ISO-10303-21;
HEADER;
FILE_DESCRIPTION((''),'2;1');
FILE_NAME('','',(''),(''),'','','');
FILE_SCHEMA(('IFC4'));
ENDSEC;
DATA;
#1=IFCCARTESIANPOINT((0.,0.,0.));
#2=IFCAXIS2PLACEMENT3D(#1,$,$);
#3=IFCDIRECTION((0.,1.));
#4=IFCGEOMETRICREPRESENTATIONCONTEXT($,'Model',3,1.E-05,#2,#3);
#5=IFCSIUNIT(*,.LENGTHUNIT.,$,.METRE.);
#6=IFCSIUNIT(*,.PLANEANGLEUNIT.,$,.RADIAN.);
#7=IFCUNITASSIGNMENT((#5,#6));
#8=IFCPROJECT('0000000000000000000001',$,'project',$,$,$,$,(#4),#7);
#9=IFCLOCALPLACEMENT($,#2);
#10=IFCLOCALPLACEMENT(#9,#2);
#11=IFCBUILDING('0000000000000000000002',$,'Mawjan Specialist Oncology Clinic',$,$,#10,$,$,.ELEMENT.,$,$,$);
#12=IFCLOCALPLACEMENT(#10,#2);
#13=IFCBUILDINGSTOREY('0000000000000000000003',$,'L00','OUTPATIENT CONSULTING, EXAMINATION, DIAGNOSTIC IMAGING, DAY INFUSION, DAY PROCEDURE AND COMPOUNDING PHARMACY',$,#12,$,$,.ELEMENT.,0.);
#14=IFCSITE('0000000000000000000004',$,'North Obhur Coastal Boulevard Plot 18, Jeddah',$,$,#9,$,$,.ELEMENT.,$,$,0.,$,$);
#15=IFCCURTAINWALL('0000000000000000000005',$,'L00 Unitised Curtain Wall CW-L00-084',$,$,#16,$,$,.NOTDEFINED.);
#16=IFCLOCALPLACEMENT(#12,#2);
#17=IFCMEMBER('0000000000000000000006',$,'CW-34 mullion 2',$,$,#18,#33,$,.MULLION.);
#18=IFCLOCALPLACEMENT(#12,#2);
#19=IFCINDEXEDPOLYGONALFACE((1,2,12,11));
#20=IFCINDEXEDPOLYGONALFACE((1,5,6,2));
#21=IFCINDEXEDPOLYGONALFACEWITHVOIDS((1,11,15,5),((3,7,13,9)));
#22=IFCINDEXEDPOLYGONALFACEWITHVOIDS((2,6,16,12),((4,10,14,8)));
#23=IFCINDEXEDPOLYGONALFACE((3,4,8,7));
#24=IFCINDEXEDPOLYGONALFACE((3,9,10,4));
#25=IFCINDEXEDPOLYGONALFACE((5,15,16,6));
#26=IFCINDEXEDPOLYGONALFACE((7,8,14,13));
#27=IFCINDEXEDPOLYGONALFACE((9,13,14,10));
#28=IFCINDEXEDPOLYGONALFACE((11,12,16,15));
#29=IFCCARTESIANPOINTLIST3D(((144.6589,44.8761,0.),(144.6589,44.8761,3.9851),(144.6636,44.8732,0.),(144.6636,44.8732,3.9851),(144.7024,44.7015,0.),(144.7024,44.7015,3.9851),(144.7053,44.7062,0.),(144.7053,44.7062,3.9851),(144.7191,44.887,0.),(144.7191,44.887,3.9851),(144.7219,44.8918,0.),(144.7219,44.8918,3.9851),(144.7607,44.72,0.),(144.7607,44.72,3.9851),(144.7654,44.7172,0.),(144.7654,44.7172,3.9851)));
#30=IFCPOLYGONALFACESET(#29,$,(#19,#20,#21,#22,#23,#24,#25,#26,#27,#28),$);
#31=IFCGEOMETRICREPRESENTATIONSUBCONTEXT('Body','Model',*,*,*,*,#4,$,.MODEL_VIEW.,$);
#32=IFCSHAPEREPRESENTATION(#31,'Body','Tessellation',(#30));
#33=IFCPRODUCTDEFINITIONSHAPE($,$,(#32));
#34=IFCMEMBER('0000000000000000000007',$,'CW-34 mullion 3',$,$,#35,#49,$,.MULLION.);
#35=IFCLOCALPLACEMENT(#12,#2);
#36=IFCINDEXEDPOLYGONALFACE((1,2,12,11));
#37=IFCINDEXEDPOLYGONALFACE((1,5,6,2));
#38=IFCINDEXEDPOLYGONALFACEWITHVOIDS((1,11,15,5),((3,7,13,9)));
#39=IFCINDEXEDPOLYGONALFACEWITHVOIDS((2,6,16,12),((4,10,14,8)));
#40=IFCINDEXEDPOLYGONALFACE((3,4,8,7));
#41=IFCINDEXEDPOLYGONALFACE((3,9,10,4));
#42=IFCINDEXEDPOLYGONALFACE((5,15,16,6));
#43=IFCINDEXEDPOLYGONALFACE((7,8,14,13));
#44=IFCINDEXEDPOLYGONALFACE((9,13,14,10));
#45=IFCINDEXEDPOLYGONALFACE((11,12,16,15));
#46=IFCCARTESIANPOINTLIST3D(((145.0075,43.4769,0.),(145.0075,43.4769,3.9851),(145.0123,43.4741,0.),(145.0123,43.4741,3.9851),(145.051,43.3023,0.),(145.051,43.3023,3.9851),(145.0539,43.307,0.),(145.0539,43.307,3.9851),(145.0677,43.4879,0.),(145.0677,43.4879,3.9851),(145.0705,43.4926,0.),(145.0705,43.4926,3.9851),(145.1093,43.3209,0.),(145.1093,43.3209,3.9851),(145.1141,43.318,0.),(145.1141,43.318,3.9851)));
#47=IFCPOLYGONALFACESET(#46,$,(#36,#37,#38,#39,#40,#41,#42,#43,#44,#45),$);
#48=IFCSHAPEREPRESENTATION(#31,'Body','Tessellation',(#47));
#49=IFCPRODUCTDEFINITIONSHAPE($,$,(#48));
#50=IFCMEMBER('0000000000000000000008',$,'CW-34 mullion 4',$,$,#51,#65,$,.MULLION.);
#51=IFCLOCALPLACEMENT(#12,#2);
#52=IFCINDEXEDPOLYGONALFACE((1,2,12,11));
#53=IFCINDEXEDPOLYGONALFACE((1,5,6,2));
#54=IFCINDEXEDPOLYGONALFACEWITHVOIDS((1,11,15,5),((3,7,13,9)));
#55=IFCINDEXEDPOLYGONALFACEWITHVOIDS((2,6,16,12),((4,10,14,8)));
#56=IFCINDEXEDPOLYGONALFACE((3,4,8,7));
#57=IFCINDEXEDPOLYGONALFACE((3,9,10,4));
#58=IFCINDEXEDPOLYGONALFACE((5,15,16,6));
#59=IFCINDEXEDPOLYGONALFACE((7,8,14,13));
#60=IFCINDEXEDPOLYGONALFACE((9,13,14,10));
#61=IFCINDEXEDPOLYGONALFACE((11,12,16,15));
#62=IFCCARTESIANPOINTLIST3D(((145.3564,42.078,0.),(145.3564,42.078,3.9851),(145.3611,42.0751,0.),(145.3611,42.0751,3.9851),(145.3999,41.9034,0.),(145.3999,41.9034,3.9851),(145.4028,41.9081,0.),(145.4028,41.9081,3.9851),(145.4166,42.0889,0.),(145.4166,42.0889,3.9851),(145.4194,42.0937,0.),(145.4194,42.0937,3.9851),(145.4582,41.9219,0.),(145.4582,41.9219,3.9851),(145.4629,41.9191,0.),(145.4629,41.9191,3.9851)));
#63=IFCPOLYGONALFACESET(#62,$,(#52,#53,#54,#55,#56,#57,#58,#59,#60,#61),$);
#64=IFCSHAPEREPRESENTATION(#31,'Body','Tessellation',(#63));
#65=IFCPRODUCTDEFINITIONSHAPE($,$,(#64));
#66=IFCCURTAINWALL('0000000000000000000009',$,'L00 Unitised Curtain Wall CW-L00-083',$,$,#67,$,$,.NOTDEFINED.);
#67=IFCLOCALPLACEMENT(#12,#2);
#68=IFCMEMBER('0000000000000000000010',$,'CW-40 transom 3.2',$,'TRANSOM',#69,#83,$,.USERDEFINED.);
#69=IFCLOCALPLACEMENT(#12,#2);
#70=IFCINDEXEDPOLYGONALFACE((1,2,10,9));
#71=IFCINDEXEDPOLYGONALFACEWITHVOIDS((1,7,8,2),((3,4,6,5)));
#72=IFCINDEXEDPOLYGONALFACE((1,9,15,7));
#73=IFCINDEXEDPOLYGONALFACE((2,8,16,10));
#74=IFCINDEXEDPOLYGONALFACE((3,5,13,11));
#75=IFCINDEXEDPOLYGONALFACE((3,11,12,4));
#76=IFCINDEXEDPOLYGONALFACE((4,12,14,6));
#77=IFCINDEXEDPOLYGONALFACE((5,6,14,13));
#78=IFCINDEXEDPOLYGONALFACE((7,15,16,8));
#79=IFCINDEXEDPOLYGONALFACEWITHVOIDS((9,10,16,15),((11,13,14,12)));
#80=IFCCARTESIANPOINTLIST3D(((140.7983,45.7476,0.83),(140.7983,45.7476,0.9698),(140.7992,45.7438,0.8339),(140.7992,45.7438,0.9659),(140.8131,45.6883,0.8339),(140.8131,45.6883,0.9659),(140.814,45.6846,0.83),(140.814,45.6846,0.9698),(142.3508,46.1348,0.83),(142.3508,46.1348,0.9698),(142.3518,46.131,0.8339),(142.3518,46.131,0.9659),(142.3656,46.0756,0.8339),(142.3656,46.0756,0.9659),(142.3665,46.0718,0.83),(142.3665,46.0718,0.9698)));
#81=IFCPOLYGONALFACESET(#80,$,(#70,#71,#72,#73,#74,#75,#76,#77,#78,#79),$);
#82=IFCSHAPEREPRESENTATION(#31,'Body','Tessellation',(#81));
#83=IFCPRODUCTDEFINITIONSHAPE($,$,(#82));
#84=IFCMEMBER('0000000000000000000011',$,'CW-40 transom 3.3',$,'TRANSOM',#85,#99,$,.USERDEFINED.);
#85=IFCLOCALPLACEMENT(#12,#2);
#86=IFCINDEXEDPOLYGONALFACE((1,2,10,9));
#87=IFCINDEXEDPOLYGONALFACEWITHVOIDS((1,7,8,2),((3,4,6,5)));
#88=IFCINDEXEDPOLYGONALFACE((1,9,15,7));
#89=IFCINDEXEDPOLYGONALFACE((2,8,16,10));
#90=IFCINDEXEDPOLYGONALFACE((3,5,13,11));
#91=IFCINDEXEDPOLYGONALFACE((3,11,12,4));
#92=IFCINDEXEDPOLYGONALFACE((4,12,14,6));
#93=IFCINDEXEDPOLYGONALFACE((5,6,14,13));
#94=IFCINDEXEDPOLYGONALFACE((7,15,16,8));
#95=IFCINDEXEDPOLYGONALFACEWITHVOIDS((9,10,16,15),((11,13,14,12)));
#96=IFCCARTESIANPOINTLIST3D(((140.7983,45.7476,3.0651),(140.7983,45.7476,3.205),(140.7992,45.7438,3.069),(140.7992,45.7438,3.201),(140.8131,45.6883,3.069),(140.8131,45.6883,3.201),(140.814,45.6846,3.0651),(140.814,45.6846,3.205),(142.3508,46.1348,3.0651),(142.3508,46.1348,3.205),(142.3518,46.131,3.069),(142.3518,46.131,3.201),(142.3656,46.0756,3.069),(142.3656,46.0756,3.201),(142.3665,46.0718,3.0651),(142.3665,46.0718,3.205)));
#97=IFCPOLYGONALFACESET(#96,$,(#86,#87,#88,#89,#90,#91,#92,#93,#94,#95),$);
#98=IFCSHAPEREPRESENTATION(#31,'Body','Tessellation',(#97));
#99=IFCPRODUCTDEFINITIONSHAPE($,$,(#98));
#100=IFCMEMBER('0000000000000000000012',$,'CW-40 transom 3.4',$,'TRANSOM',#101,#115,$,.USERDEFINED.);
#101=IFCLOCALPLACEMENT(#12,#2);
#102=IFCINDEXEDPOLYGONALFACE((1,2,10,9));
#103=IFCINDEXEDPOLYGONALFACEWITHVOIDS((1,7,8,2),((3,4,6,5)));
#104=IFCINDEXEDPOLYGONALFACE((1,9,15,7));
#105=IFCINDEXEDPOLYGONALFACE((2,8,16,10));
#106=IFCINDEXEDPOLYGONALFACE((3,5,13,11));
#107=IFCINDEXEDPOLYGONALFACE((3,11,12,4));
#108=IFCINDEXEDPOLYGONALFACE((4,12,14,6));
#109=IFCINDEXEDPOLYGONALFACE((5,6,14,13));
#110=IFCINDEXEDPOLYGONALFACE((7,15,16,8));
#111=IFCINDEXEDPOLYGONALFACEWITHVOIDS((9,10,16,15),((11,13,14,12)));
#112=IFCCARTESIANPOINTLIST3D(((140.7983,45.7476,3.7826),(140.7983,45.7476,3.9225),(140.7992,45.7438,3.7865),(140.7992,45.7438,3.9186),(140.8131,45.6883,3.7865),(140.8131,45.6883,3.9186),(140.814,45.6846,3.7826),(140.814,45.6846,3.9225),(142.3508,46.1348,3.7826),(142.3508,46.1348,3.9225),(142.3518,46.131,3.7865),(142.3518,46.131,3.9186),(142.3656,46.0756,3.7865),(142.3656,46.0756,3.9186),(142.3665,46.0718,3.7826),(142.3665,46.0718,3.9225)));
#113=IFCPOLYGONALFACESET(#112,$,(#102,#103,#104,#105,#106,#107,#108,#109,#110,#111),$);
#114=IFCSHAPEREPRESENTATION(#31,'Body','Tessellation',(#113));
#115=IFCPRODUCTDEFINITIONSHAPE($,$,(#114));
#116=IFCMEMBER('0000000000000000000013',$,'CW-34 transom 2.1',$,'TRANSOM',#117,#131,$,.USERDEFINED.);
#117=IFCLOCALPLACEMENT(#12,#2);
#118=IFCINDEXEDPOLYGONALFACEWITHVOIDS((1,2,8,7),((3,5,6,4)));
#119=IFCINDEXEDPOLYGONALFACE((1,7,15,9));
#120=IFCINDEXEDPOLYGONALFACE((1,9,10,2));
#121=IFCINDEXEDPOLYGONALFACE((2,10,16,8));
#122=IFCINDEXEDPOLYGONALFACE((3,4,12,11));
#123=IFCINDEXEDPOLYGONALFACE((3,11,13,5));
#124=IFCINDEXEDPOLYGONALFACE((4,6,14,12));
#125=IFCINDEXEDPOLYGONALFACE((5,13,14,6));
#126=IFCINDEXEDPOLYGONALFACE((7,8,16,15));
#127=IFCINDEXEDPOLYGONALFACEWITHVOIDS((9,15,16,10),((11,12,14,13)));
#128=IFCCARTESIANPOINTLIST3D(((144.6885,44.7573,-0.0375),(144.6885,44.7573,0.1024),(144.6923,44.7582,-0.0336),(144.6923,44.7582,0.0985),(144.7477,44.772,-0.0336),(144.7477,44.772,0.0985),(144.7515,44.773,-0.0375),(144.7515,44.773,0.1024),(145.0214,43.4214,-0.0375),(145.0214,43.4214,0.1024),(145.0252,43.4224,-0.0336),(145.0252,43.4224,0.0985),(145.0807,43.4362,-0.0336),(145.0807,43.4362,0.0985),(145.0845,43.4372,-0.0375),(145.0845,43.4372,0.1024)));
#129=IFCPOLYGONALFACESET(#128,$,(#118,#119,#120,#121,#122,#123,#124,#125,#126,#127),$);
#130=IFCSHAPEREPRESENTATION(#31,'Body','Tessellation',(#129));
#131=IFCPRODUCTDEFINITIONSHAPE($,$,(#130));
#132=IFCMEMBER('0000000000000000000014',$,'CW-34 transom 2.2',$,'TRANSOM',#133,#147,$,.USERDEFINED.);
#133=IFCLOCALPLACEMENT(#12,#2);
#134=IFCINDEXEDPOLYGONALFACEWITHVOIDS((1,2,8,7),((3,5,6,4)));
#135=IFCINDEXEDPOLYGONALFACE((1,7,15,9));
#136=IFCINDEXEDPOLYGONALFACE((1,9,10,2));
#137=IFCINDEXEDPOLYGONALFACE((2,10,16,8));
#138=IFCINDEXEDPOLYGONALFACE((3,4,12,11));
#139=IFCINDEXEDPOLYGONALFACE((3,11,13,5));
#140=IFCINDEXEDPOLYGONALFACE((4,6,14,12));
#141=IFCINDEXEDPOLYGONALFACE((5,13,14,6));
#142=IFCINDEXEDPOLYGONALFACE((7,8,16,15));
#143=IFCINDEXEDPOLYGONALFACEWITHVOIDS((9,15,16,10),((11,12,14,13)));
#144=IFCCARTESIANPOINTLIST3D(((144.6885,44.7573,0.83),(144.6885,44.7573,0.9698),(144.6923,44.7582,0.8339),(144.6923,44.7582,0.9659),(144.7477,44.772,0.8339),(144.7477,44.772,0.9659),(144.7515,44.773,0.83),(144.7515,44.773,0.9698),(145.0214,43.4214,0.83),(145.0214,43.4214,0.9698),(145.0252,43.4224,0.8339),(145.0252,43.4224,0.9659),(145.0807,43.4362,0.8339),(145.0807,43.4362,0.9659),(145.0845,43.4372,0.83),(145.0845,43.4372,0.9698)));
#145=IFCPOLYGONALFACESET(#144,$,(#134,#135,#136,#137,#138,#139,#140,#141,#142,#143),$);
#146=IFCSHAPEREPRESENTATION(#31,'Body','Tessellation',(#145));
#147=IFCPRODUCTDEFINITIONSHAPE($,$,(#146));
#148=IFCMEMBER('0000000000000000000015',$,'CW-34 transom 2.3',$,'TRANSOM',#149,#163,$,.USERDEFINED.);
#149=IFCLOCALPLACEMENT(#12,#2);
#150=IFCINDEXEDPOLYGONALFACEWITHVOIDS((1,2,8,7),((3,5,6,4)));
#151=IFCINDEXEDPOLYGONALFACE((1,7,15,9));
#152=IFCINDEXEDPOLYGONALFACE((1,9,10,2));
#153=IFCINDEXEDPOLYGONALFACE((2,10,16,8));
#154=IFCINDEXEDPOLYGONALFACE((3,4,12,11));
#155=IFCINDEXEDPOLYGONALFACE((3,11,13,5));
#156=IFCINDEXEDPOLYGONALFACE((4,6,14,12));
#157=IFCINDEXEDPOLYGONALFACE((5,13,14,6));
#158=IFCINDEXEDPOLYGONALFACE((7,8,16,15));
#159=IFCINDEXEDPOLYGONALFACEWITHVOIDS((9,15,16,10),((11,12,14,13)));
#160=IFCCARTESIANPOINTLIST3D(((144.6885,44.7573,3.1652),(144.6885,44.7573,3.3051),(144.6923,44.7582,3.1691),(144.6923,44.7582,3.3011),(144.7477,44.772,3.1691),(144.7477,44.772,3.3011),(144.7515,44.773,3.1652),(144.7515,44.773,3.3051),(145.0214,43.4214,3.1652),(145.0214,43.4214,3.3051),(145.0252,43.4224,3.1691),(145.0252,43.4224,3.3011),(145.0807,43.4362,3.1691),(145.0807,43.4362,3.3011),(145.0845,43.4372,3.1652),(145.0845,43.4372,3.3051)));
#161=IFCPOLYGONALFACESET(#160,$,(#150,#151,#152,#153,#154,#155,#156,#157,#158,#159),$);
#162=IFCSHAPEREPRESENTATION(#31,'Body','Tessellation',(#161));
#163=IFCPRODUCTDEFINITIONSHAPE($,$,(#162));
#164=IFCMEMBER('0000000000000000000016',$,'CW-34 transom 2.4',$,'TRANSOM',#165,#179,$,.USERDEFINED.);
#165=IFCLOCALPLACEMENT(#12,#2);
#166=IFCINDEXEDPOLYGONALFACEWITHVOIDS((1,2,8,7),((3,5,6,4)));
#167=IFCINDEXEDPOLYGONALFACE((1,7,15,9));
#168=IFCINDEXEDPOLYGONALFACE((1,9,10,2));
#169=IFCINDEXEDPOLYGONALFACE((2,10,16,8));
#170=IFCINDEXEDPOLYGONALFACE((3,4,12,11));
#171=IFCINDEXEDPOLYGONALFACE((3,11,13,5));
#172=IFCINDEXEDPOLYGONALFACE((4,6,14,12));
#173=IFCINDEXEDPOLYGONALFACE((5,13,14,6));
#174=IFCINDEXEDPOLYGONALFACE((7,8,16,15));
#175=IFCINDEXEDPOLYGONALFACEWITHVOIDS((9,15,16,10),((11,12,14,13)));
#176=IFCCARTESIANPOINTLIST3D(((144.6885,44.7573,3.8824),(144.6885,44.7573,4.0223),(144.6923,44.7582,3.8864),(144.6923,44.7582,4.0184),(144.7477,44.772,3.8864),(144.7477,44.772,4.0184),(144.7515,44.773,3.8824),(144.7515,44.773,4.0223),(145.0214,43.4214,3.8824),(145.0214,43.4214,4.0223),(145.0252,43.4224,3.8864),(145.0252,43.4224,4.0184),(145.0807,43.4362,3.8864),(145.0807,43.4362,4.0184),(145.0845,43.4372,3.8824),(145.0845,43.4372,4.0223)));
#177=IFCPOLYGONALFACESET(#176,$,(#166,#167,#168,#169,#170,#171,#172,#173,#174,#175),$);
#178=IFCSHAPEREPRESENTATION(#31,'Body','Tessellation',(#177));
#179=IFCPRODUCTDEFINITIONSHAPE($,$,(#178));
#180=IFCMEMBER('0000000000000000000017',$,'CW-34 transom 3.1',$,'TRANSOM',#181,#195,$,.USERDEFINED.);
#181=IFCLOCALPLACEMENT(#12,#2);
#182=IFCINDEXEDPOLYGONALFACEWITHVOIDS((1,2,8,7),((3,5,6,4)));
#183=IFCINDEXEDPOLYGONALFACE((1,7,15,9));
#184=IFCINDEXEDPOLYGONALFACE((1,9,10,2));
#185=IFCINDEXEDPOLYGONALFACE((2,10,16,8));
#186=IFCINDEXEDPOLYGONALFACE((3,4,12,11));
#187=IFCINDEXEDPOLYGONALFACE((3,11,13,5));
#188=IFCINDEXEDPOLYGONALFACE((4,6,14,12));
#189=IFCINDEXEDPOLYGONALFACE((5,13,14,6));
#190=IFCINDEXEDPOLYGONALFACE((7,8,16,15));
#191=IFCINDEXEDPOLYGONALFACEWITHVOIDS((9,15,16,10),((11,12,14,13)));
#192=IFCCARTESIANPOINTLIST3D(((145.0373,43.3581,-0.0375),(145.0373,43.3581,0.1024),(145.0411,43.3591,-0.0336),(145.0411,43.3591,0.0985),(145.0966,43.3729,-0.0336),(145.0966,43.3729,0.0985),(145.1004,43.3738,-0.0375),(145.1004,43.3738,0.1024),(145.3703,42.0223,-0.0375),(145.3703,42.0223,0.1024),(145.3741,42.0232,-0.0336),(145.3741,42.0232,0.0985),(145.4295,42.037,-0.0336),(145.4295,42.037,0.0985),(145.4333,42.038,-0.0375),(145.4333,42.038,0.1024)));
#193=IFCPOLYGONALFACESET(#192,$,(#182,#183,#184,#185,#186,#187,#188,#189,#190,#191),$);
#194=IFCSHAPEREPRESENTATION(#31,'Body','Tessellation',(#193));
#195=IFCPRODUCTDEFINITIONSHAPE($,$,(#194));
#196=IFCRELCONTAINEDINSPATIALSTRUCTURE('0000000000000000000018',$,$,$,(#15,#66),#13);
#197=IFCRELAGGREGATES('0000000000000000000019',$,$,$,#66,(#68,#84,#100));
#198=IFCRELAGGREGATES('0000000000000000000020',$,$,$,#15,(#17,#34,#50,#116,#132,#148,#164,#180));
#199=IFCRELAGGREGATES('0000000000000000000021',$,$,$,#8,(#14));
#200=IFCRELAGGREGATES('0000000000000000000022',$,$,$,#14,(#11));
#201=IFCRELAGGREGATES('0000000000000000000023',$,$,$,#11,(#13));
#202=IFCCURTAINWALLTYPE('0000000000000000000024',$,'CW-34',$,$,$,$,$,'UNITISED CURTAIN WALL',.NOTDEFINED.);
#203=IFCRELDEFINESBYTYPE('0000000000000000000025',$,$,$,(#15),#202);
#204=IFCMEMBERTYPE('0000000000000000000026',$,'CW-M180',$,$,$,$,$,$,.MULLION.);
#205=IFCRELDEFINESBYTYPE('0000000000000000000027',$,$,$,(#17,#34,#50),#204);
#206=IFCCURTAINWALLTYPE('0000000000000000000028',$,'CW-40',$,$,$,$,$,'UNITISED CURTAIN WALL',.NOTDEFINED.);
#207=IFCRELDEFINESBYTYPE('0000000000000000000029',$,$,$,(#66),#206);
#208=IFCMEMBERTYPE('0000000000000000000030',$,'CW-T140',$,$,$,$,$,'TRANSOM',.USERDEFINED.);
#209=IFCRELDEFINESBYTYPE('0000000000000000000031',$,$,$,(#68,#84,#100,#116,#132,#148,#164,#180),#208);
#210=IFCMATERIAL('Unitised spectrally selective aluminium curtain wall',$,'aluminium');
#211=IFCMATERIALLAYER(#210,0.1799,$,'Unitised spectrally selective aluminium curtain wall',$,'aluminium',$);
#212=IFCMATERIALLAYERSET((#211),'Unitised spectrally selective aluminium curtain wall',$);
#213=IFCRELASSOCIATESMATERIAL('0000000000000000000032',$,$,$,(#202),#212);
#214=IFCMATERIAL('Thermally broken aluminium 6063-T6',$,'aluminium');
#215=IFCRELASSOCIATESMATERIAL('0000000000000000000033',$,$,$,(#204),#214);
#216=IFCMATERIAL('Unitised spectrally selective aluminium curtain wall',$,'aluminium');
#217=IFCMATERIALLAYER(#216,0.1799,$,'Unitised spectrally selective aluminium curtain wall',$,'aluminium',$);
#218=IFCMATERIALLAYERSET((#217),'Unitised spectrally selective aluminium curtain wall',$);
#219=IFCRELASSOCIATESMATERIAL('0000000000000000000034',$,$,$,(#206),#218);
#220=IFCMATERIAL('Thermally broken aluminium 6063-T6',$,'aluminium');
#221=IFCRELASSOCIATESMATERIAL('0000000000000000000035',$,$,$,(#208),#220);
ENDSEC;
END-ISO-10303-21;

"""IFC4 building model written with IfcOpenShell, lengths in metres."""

from ifc_helpers import new_model, si_unit, direction, frame, origin, origin_2d, place, context, subcontext, project, spatial, hollow_rectangle, extrude, material, layer, layer_set, material_profile, profile_set, type_object, element, aggregate, save


model = new_model("IFC4")

# Units and contexts
model_context = context("Model", 3, precision=1e-05, world=origin(), true_north=direction((0.0, 1.0)))
body_context = subcontext(model_context, "Body", "Model", "MODEL_VIEW")
ifc_project = project(units=[si_unit("LENGTHUNIT", "METRE"), si_unit("PLANEANGLEUNIT", "RADIAN")], contexts=[model_context])

# Site, building, storey
site_placement = place(None, origin())
site = spatial("IfcSite", under=ifc_project, at=site_placement, Name="North Obhur Coastal Boulevard Plot 18, Jeddah", CompositionType="ELEMENT", RefElevation=0.0)
building_placement = place(site_placement, origin())
building = spatial("IfcBuilding", under=site, at=building_placement, Name="Mawjan Specialist Oncology Clinic", CompositionType="ELEMENT")
storey_placement = place(building_placement, origin())
storey = spatial("IfcBuildingStorey", under=building, at=storey_placement, Name="L00", Description="OUTPATIENT CONSULTING, EXAMINATION, DIAGNOSTIC IMAGING, DAY INFUSION, DAY PROCEDURE AND COMPOUNDING PHARMACY", CompositionType="ELEMENT", Elevation=0.0)

# Curtain walls, members
ifc_material_1 = material(Name="Unitised spectrally selective aluminium curtain wall", Category="aluminium")
ifc_layer_1 = layer(ifc_material_1, 0.1799, Name="Unitised spectrally selective aluminium curtain wall", Category="aluminium")
ifc_layer_set_1 = layer_set([ifc_layer_1], Name="Unitised spectrally selective aluminium curtain wall")
curtain_wall_type_1 = type_object("IfcCurtainWallType", Name="CW-34", ElementType="UNITISED CURTAIN WALL", PredefinedType="NOTDEFINED", material=ifc_layer_set_1)
curtain_wall_1_placement = place(storey_placement, origin())
curtain_wall_1 = element("IfcCurtainWall", 1, at=curtain_wall_1_placement, inside=storey, type_object=curtain_wall_type_1, Name="L00 Unitised Curtain Wall CW-L00-084", PredefinedType="NOTDEFINED")
ifc_material_2 = material(Name="Thermally broken aluminium 6063-T6", Category="aluminium")
ifc_material_profile_1 = material_profile(ifc_material_2, hollow_rectangle(XDim=0.0649, YDim=0.1799, WallThickness=0.0039, at=origin_2d()), Name="ALU MULLION 180x65x4", Category="aluminium")
ifc_profile_set_1 = profile_set([ifc_material_profile_1], Name="Thermally broken aluminium 6063-T6")
member_type_1 = type_object("IfcMemberType", Name="CW-M180", PredefinedType="MULLION", material=ifc_profile_set_1)
member_1_placement = place(storey_placement, frame((144.7122, 44.7966, 0.0), z_axis=(0.0, 0.0, 1.0), x_axis=(0.970296, 0.241922, 0.0)))
member_1 = element("IfcMember", 2, at=member_1_placement, type_object=member_type_1, Name="CW-34 mullion 2", PredefinedType="MULLION", context=body_context, shape_type="SweptSolid", body=[
    extrude(hollow_rectangle(XDim=0.0649, YDim=0.1799, WallThickness=0.0039, at=origin_2d()), origin(), (0.0, 0.0, 1.0), 3.9851),
])
member_2_placement = place(storey_placement, frame((145.0608, 43.3975, 0.0), z_axis=(0.0, 0.0, 1.0), x_axis=(0.970296, 0.241922, 0.0)))
member_2 = element("IfcMember", 3, at=member_2_placement, type_object=member_type_1, Name="CW-34 mullion 3", PredefinedType="MULLION", context=body_context, shape_type="SweptSolid", body=[
    extrude(hollow_rectangle(XDim=0.0649, YDim=0.1799, WallThickness=0.0039, at=origin_2d()), origin(), (0.0, 0.0, 1.0), 3.9851),
])
member_3_placement = place(storey_placement, frame((145.4097, 41.9985, 0.0), z_axis=(0.0, 0.0, 1.0), x_axis=(0.970296, 0.241922, 0.0)))
member_3 = element("IfcMember", 4, at=member_3_placement, type_object=member_type_1, Name="CW-34 mullion 4", PredefinedType="MULLION", context=body_context, shape_type="SweptSolid", body=[
    extrude(hollow_rectangle(XDim=0.0649, YDim=0.1799, WallThickness=0.0039, at=origin_2d()), origin(), (0.0, 0.0, 1.0), 3.9851),
])
ifc_material_3 = material(Name="Unitised spectrally selective aluminium curtain wall", Category="aluminium")
ifc_layer_2 = layer(ifc_material_3, 0.1799, Name="Unitised spectrally selective aluminium curtain wall", Category="aluminium")
ifc_layer_set_2 = layer_set([ifc_layer_2], Name="Unitised spectrally selective aluminium curtain wall")
curtain_wall_type_2 = type_object("IfcCurtainWallType", Name="CW-40", ElementType="UNITISED CURTAIN WALL", PredefinedType="NOTDEFINED", material=ifc_layer_set_2)
curtain_wall_2_placement = place(storey_placement, origin())
curtain_wall_2 = element("IfcCurtainWall", 5, at=curtain_wall_2_placement, inside=storey, type_object=curtain_wall_type_2, Name="L00 Unitised Curtain Wall CW-L00-083", PredefinedType="NOTDEFINED")
ifc_material_4 = material(Name="Thermally broken aluminium 6063-T6", Category="aluminium")
ifc_material_profile_2 = material_profile(ifc_material_4, hollow_rectangle(XDim=0.0649, YDim=0.1399, WallThickness=0.0039, at=origin_2d()), Name="ALU TRANSOM 140x65x4", Category="aluminium")
ifc_profile_set_2 = profile_set([ifc_material_profile_2], Name="Thermally broken aluminium 6063-T6")
member_type_2 = type_object("IfcMemberType", Name="CW-T140", ElementType="TRANSOM", PredefinedType="USERDEFINED", material=ifc_profile_set_2)
member_4_placement = place(storey_placement, frame((140.8062, 45.7161, 0.8999), z_axis=(0.970277, 0.241997, 0.0), x_axis=(-0.241997, 0.970277, 0.0)))
member_4 = element("IfcMember", 6, at=member_4_placement, type_object=member_type_2, Name="CW-40 transom 3.2", ObjectType="TRANSOM", PredefinedType="USERDEFINED", context=body_context, shape_type="SweptSolid", body=[
    extrude(hollow_rectangle(XDim=0.0649, YDim=0.1399, WallThickness=0.0039, at=origin_2d()), origin(), (0.0, 0.0, 1.0), 1.6001),
])
member_5_placement = place(storey_placement, frame((140.8062, 45.7161, 3.135), z_axis=(0.970277, 0.241997, 0.0), x_axis=(-0.241997, 0.970277, 0.0)))
member_5 = element("IfcMember", 7, at=member_5_placement, type_object=member_type_2, Name="CW-40 transom 3.3", ObjectType="TRANSOM", PredefinedType="USERDEFINED", context=body_context, shape_type="SweptSolid", body=[
    extrude(hollow_rectangle(XDim=0.0649, YDim=0.1399, WallThickness=0.0039, at=origin_2d()), origin(), (0.0, 0.0, 1.0), 1.6001),
])
member_6_placement = place(storey_placement, frame((140.8062, 45.7161, 3.8525), z_axis=(0.970277, 0.241997, 0.0), x_axis=(-0.241997, 0.970277, 0.0)))
member_6 = element("IfcMember", 8, at=member_6_placement, type_object=member_type_2, Name="CW-40 transom 3.4", ObjectType="TRANSOM", PredefinedType="USERDEFINED", context=body_context, shape_type="SweptSolid", body=[
    extrude(hollow_rectangle(XDim=0.0649, YDim=0.1399, WallThickness=0.0039, at=origin_2d()), origin(), (0.0, 0.0, 1.0), 1.6001),
])
aggregate(curtain_wall_2, [member_4, member_5, member_6])

# Members
member_7_placement = place(storey_placement, frame((144.72, 44.7651, 0.0325), z_axis=(0.241868, -0.970309, 0.0), x_axis=(0.970309, 0.241868, 0.0)))
member_7 = element("IfcMember", 9, at=member_7_placement, type_object=member_type_2, Name="CW-34 transom 2.1", ObjectType="TRANSOM", PredefinedType="USERDEFINED", context=body_context, shape_type="SweptSolid", body=[
    extrude(hollow_rectangle(XDim=0.0649, YDim=0.1399, WallThickness=0.0039, at=origin_2d()), origin(), (0.0, 0.0, 1.0), 1.3767),
])
member_8_placement = place(storey_placement, frame((144.72, 44.7651, 0.8999), z_axis=(0.241868, -0.970309, 0.0), x_axis=(0.970309, 0.241868, 0.0)))
member_8 = element("IfcMember", 10, at=member_8_placement, type_object=member_type_2, Name="CW-34 transom 2.2", ObjectType="TRANSOM", PredefinedType="USERDEFINED", context=body_context, shape_type="SweptSolid", body=[
    extrude(hollow_rectangle(XDim=0.0649, YDim=0.1399, WallThickness=0.0039, at=origin_2d()), origin(), (0.0, 0.0, 1.0), 1.3767),
])
member_9_placement = place(storey_placement, frame((144.72, 44.7651, 3.2351), z_axis=(0.241868, -0.970309, 0.0), x_axis=(0.970309, 0.241868, 0.0)))
member_9 = element("IfcMember", 11, at=member_9_placement, type_object=member_type_2, Name="CW-34 transom 2.3", ObjectType="TRANSOM", PredefinedType="USERDEFINED", context=body_context, shape_type="SweptSolid", body=[
    extrude(hollow_rectangle(XDim=0.0649, YDim=0.1399, WallThickness=0.0039, at=origin_2d()), origin(), (0.0, 0.0, 1.0), 1.3767),
])
member_10_placement = place(storey_placement, frame((144.72, 44.7651, 3.9524), z_axis=(0.241868, -0.970309, 0.0), x_axis=(0.970309, 0.241868, 0.0)))
member_10 = element("IfcMember", 12, at=member_10_placement, type_object=member_type_2, Name="CW-34 transom 2.4", ObjectType="TRANSOM", PredefinedType="USERDEFINED", context=body_context, shape_type="SweptSolid", body=[
    extrude(hollow_rectangle(XDim=0.0649, YDim=0.1399, WallThickness=0.0039, at=origin_2d()), origin(), (0.0, 0.0, 1.0), 1.3767),
])
member_11_placement = place(storey_placement, frame((145.0688, 43.366, 0.0325), z_axis=(0.241868, -0.970309, 0.0), x_axis=(0.970309, 0.241868, 0.0)))
member_11 = element("IfcMember", 13, at=member_11_placement, type_object=member_type_2, Name="CW-34 transom 3.1", ObjectType="TRANSOM", PredefinedType="USERDEFINED", context=body_context, shape_type="SweptSolid", body=[
    extrude(hollow_rectangle(XDim=0.0649, YDim=0.1399, WallThickness=0.0039, at=origin_2d()), origin(), (0.0, 0.0, 1.0), 1.3767),
])

aggregate(curtain_wall_1, [member_1, member_2, member_3, member_7, member_8, member_9, member_10, member_11])

save(model, "model.ifc")
